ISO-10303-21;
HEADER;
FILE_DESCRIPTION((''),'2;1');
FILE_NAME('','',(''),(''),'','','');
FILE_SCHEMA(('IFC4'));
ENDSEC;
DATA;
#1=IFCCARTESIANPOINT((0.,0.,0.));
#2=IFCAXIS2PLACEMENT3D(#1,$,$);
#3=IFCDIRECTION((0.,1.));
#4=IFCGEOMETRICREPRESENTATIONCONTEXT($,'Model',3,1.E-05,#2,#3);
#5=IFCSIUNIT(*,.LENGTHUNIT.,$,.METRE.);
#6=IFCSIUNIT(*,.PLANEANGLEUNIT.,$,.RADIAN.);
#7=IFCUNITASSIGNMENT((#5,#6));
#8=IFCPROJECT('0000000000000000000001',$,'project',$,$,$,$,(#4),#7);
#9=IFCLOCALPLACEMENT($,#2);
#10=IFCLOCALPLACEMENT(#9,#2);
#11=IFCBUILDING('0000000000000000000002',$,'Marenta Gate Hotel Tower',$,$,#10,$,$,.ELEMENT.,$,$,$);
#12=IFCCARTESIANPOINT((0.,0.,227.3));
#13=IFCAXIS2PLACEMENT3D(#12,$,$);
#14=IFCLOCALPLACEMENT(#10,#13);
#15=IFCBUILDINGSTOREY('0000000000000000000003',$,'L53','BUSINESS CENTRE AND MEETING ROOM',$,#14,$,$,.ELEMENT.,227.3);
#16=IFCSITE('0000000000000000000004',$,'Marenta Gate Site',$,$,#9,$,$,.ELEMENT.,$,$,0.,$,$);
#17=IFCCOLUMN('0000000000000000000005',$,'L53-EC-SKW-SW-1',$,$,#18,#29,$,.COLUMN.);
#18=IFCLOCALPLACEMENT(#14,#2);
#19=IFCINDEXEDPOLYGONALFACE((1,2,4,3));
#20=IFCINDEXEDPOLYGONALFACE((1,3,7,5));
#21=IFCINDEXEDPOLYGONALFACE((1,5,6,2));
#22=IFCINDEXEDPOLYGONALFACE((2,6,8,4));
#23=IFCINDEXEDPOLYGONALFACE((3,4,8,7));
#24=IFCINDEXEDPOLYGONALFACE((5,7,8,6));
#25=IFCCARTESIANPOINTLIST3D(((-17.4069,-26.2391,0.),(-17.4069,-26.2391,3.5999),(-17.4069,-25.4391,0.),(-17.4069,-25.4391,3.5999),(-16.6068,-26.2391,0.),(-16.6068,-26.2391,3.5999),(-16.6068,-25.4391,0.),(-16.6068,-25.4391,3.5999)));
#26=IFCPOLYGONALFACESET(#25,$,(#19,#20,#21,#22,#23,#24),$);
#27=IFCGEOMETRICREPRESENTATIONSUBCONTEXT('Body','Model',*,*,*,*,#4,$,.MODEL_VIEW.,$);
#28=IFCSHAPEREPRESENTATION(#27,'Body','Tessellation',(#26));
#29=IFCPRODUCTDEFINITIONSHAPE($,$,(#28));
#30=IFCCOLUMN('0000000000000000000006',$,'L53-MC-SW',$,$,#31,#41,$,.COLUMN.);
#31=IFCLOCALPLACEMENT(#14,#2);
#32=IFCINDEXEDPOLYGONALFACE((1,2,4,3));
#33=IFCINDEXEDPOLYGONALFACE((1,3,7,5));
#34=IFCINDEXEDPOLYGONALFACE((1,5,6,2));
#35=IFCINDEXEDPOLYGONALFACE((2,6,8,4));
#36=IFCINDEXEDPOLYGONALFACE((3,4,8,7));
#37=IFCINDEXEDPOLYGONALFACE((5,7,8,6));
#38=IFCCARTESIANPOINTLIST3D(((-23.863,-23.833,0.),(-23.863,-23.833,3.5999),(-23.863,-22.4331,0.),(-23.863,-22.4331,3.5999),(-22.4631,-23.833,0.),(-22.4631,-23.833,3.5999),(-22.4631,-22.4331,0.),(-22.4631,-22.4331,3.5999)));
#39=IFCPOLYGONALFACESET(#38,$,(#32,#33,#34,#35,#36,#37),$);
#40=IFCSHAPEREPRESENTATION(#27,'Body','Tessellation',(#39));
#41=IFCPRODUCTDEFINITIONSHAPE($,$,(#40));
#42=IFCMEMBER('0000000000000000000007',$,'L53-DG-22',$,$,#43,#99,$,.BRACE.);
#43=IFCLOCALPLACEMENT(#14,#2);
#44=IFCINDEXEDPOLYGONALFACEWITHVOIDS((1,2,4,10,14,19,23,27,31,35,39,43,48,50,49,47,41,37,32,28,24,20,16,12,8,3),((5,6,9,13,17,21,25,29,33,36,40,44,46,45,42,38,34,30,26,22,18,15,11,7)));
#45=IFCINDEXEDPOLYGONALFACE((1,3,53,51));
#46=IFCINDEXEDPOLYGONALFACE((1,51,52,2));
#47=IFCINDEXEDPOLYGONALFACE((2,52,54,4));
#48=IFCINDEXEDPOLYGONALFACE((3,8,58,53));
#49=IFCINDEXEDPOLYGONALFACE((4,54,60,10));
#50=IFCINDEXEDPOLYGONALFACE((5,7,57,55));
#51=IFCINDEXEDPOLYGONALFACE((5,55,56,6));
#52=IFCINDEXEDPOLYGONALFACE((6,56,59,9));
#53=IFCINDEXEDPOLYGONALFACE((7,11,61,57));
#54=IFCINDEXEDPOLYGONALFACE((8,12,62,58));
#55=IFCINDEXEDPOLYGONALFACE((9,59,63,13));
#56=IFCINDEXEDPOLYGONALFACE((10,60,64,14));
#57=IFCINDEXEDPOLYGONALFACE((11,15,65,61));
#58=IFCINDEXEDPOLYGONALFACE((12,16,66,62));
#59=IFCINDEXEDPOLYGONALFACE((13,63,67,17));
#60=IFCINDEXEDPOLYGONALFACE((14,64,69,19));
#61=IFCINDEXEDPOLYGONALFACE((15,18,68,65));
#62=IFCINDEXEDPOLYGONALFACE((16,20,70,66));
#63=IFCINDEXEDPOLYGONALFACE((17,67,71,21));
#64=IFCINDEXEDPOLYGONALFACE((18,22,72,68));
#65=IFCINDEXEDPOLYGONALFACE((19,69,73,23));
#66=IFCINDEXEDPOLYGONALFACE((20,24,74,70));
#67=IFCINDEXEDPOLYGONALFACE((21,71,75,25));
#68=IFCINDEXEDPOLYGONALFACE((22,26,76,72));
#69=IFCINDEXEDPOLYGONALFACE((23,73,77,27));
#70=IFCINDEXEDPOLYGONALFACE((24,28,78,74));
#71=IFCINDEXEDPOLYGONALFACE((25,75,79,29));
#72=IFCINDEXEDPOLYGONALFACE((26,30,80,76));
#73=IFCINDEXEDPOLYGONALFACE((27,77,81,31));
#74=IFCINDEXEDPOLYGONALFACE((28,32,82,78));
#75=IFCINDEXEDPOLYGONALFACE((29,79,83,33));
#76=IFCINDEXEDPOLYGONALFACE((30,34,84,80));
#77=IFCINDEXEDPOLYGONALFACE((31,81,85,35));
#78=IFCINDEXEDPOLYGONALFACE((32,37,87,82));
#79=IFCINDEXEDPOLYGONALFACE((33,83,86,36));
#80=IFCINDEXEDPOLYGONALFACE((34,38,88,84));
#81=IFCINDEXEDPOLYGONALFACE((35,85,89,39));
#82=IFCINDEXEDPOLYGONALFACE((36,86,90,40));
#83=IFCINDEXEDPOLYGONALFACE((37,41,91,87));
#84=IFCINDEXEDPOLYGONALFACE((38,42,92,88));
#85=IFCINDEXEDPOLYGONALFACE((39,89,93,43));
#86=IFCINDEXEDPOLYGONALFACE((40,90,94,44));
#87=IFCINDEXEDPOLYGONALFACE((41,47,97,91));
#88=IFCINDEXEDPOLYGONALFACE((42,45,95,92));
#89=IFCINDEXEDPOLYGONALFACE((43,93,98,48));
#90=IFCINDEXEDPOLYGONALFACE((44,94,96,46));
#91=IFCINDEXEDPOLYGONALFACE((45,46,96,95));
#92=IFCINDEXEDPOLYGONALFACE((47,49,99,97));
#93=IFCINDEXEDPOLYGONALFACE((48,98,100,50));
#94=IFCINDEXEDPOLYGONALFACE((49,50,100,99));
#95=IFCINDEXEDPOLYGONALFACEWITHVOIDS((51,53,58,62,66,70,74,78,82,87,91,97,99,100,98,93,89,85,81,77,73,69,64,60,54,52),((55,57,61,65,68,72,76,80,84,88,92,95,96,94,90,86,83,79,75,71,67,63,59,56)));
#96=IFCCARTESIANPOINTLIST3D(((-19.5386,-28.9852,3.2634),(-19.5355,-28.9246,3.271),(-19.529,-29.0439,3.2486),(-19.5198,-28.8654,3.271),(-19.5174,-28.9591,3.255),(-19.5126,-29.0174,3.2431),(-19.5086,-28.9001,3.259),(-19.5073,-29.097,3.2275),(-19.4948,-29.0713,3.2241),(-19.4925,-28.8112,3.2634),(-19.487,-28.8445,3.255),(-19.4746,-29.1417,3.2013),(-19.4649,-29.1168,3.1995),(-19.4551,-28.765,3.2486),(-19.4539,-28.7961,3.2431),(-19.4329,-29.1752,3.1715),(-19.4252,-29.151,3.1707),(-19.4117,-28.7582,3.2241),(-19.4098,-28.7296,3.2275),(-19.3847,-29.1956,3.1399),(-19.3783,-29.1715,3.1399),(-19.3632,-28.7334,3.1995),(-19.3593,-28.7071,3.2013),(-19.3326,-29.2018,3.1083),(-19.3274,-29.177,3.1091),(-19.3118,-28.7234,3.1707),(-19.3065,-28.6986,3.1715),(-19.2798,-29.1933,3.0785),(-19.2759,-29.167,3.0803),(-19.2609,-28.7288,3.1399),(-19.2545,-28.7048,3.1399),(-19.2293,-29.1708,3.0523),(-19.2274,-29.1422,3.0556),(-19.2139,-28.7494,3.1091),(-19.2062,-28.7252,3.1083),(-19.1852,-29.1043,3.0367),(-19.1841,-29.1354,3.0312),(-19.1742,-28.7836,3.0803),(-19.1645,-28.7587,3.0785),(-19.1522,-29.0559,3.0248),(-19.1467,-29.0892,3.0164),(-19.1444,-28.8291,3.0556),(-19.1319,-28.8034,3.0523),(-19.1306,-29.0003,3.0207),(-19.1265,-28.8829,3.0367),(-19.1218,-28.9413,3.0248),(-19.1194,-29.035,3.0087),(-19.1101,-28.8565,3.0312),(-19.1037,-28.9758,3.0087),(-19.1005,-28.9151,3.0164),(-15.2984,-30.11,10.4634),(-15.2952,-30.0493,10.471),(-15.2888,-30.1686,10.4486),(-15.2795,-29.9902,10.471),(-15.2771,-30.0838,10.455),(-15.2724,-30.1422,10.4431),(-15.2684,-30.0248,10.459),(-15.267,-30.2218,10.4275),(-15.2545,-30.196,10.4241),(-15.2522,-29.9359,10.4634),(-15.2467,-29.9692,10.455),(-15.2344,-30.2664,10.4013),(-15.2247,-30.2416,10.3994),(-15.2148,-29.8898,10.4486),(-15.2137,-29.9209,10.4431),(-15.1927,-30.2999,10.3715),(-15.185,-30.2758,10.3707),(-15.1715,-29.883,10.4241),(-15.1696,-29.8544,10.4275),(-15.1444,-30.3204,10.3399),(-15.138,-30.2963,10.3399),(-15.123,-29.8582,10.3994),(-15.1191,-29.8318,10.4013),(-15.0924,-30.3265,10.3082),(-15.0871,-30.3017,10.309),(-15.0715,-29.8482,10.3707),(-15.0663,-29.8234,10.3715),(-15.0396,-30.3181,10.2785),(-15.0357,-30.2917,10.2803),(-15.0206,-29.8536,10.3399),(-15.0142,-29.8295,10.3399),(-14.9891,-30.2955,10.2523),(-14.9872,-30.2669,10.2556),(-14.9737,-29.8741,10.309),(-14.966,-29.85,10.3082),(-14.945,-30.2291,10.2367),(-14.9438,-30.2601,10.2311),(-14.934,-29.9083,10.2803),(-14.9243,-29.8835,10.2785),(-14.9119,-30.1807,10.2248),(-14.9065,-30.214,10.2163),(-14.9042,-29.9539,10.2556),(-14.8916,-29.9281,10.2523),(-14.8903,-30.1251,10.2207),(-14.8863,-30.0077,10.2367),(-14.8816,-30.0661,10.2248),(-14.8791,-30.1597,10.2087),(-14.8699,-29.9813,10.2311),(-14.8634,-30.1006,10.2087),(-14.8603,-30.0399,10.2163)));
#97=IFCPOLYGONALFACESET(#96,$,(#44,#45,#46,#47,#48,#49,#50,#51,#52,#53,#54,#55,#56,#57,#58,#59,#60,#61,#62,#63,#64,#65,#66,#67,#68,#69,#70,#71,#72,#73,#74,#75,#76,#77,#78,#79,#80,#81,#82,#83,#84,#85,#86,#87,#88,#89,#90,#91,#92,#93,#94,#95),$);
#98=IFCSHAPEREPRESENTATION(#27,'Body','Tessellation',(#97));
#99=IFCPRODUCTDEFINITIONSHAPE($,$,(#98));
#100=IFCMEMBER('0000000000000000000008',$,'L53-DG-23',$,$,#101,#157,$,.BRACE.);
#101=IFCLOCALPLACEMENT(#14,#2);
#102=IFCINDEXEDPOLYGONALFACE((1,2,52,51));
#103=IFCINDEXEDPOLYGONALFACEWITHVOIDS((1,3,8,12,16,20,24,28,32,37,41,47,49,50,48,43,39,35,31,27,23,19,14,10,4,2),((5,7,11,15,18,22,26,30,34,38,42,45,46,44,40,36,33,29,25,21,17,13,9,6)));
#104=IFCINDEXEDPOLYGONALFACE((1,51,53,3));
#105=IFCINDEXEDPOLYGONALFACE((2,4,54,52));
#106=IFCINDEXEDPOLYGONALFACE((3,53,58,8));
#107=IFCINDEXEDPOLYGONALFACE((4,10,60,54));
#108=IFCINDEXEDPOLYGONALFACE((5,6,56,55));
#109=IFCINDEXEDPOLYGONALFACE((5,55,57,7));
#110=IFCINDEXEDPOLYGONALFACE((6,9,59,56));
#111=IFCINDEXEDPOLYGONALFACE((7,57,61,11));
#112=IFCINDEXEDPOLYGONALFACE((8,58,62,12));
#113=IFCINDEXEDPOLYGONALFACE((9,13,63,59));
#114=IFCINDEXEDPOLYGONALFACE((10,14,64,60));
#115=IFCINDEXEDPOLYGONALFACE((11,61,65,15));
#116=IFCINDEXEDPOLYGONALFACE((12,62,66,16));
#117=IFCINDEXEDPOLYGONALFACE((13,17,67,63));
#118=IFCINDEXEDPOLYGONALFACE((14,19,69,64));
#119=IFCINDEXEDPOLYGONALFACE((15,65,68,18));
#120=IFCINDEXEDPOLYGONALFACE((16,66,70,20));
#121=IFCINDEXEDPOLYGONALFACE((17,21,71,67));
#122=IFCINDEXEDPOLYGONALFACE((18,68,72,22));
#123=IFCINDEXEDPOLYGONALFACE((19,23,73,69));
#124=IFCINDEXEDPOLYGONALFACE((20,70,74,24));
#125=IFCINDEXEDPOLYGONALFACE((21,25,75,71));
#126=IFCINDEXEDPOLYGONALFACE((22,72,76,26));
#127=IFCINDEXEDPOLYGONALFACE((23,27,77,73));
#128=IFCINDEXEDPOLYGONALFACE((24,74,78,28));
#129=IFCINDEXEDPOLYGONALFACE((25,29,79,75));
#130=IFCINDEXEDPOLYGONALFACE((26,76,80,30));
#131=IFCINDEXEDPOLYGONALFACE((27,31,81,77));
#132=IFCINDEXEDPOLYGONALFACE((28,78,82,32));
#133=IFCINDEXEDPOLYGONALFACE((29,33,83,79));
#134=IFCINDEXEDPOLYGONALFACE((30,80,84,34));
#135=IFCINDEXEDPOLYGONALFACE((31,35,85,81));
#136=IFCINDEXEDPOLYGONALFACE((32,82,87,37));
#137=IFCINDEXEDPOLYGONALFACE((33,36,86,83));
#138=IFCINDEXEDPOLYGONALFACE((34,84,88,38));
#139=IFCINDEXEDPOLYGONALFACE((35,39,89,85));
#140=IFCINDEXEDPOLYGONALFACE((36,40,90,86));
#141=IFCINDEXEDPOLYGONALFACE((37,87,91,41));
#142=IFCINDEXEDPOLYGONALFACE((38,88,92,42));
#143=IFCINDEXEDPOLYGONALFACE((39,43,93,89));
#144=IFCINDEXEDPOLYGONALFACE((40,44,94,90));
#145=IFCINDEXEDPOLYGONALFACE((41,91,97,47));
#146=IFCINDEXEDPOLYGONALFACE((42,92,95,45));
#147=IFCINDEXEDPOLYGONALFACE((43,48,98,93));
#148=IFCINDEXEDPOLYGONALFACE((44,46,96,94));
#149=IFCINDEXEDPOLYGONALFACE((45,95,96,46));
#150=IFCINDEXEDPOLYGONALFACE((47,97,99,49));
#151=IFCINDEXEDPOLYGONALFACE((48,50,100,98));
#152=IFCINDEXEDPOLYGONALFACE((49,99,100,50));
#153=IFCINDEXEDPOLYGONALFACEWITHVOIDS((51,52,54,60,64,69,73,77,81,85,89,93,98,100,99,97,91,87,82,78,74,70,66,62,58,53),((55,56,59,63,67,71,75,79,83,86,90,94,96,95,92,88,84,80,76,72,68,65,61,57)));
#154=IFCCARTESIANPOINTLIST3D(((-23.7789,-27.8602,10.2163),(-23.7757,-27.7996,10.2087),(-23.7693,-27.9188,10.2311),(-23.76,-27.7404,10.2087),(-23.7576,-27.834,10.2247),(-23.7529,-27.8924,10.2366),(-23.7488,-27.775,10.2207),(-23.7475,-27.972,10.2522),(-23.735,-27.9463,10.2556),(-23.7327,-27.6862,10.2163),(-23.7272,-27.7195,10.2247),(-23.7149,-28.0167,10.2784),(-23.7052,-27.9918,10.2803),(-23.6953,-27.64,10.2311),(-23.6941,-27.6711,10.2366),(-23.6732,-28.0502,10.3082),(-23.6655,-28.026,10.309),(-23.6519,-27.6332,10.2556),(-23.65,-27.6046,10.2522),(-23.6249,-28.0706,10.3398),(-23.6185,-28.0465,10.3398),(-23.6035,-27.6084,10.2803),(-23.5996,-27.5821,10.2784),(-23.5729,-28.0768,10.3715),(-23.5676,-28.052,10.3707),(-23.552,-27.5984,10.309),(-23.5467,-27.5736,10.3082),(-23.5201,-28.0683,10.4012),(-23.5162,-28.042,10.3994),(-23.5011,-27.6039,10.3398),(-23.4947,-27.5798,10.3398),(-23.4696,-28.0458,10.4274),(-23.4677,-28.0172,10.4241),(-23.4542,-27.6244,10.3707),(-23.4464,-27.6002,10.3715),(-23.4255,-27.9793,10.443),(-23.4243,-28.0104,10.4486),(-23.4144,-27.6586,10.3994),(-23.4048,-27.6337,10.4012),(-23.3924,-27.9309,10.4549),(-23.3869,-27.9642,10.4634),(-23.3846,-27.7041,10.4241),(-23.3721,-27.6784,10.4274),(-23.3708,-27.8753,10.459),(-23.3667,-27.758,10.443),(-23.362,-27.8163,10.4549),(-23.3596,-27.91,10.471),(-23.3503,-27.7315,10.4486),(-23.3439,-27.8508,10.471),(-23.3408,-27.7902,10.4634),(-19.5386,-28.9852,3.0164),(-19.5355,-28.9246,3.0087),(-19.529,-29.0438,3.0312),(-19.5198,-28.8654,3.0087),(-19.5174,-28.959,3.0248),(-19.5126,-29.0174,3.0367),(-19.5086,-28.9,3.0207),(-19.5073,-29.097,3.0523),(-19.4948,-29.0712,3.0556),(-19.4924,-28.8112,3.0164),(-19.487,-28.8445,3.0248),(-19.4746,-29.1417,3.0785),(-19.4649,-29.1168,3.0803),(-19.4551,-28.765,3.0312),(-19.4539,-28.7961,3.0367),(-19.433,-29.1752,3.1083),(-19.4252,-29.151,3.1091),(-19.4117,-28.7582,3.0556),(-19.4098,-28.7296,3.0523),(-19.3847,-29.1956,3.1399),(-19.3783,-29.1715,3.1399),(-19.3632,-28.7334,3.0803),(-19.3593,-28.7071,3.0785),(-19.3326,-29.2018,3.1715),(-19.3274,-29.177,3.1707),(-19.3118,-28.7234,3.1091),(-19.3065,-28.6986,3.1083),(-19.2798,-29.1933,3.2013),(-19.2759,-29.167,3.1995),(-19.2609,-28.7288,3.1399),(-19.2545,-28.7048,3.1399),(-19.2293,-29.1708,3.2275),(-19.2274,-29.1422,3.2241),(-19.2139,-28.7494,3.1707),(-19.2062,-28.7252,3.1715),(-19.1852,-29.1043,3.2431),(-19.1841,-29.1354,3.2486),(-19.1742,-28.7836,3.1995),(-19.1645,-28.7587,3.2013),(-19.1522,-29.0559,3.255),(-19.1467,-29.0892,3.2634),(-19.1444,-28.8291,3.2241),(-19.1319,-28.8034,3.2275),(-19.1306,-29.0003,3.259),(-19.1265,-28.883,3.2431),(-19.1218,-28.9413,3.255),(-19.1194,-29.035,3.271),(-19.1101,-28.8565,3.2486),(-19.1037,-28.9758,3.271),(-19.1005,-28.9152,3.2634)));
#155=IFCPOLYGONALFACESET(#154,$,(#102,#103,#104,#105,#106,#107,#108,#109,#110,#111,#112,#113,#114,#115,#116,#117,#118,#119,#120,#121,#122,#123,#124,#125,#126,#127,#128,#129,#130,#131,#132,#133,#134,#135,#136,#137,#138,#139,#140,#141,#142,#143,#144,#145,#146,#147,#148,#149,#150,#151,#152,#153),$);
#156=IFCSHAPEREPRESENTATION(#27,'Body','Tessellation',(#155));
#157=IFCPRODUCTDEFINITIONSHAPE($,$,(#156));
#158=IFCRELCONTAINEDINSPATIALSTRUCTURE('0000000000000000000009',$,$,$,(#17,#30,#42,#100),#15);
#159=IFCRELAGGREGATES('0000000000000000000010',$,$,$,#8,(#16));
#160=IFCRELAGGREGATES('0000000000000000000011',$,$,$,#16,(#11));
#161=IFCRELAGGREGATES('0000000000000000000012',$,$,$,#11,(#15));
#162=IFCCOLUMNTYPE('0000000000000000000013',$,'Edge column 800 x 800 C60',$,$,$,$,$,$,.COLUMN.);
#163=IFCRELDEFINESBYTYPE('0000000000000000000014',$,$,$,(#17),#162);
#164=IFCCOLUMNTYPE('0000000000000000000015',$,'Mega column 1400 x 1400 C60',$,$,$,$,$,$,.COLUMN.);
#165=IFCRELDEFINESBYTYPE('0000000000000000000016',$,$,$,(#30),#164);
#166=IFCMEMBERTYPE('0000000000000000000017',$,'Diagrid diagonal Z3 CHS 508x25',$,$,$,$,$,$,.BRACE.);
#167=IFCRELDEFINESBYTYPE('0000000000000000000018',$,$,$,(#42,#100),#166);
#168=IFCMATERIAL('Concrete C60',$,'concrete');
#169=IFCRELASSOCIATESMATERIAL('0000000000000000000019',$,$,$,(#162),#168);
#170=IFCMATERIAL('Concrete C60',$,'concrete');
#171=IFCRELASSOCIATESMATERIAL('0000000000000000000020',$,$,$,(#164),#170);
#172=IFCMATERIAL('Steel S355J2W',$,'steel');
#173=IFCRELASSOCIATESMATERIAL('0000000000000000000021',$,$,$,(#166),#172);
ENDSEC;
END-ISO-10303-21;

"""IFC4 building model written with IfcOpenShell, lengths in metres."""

from ifc_helpers import new_model, si_unit, direction, frame, origin, origin_2d, place, context, subcontext, project, spatial, rectangle, hollow_circle, extrude, material, material_profile, profile_set, type_object, element, save


model = new_model("IFC4")

# Units and contexts
model_context = context("Model", 3, precision=1e-05, world=origin(), true_north=direction((0.0, 1.0)))
body_context = subcontext(model_context, "Body", "Model", "MODEL_VIEW")
ifc_project = project(units=[si_unit("LENGTHUNIT", "METRE"), si_unit("PLANEANGLEUNIT", "RADIAN")], contexts=[model_context])

# Site, building, storey
site_placement = place(None, origin())
site = spatial("IfcSite", under=ifc_project, at=site_placement, Name="Marenta Gate Site", CompositionType="ELEMENT", RefElevation=0.0)
building_placement = place(site_placement, origin())
building = spatial("IfcBuilding", under=site, at=building_placement, Name="Marenta Gate Hotel Tower", CompositionType="ELEMENT")
storey_placement = place(building_placement, frame((0.0, 0.0, 227.3)))
storey = spatial("IfcBuildingStorey", under=building, at=storey_placement, Name="L53", Description="BUSINESS CENTRE AND MEETING ROOM", CompositionType="ELEMENT", Elevation=227.3)

# Columns
ifc_material_1 = material(Name="Concrete C60", Category="concrete")
ifc_material_profile_1 = material_profile(ifc_material_1, rectangle(XDim=0.8, YDim=0.8, at=origin_2d()), Name="800 x 800")
ifc_profile_set_1 = profile_set([ifc_material_profile_1], Name="Concrete C60")
column_type_1 = type_object("IfcColumnType", Name="Edge column 800 x 800 C60", PredefinedType="COLUMN", material=ifc_profile_set_1)
column_1_placement = place(storey_placement, frame((-17.0068, -25.8391, 0.0), z_axis=(0.0, 0.0, 1.0), x_axis=(1.0, 0.0, 0.0)))
element("IfcColumn", 1, at=column_1_placement, inside=storey, type_object=column_type_1, Name="L53-EC-SKW-SW-1", PredefinedType="COLUMN", context=body_context, shape_type="SweptSolid", body=[
    extrude(rectangle(XDim=0.8, YDim=0.8, at=origin_2d()), origin(), (0.0, 0.0, 1.0), 3.5999),
])
ifc_material_2 = material(Name="Concrete C60", Category="concrete")
ifc_material_profile_2 = material_profile(ifc_material_2, rectangle(XDim=1.3999, YDim=1.3999, at=origin_2d()), Name="1400 x 1400")
ifc_profile_set_2 = profile_set([ifc_material_profile_2], Name="Concrete C60")
column_type_2 = type_object("IfcColumnType", Name="Mega column 1400 x 1400 C60", PredefinedType="COLUMN", material=ifc_profile_set_2)
column_2_placement = place(storey_placement, frame((-23.1631, -23.1331, 0.0), z_axis=(0.0, 0.0, 1.0), x_axis=(1.0, 0.0, 0.0)))
element("IfcColumn", 2, at=column_2_placement, inside=storey, type_object=column_type_2, Name="L53-MC-SW", PredefinedType="COLUMN", context=body_context, shape_type="SweptSolid", body=[
    extrude(rectangle(XDim=1.3999, YDim=1.3999, at=origin_2d()), origin(), (0.0, 0.0, 1.0), 3.5999),
])

# Members
ifc_material_3 = material(Name="Steel S355J2W", Category="steel")
ifc_material_profile_3 = material_profile(ifc_material_3, hollow_circle(Radius=0.2539, WallThickness=0.0249, at=origin_2d()), Name="CHS 508x25")
ifc_profile_set_3 = profile_set([ifc_material_profile_3], Name="Steel S355J2W")
member_type_1 = type_object("IfcMemberType", Name="Diagrid diagonal Z3 CHS 508x25", PredefinedType="BRACE", material=ifc_profile_set_3)
for number, where, z_axis, x_axis, name in (
    (3, (-19.3196, -28.9502, 3.1399), (0.502926, -0.133405, 0.853972), (0.256391, 0.966573, 0.0), "L53-DG-22"),
    (4, (-19.3196, -28.9502, 3.1399), (-0.502924, 0.133434, 0.853969), (-0.256443, -0.966559, 0.0), "L53-DG-23"),
):
    element("IfcMember", number, at=place(storey_placement, frame(where, z_axis=z_axis, x_axis=x_axis)), inside=storey, type_object=member_type_1, Name=name, PredefinedType="BRACE", context=body_context, shape_type="SweptSolid", body=[
        extrude(hollow_circle(Radius=0.2539, WallThickness=0.0249, at=origin_2d()), origin(), (0.0, 0.0, 1.0), 8.4312),
    ])

save(model, "model.ifc")
